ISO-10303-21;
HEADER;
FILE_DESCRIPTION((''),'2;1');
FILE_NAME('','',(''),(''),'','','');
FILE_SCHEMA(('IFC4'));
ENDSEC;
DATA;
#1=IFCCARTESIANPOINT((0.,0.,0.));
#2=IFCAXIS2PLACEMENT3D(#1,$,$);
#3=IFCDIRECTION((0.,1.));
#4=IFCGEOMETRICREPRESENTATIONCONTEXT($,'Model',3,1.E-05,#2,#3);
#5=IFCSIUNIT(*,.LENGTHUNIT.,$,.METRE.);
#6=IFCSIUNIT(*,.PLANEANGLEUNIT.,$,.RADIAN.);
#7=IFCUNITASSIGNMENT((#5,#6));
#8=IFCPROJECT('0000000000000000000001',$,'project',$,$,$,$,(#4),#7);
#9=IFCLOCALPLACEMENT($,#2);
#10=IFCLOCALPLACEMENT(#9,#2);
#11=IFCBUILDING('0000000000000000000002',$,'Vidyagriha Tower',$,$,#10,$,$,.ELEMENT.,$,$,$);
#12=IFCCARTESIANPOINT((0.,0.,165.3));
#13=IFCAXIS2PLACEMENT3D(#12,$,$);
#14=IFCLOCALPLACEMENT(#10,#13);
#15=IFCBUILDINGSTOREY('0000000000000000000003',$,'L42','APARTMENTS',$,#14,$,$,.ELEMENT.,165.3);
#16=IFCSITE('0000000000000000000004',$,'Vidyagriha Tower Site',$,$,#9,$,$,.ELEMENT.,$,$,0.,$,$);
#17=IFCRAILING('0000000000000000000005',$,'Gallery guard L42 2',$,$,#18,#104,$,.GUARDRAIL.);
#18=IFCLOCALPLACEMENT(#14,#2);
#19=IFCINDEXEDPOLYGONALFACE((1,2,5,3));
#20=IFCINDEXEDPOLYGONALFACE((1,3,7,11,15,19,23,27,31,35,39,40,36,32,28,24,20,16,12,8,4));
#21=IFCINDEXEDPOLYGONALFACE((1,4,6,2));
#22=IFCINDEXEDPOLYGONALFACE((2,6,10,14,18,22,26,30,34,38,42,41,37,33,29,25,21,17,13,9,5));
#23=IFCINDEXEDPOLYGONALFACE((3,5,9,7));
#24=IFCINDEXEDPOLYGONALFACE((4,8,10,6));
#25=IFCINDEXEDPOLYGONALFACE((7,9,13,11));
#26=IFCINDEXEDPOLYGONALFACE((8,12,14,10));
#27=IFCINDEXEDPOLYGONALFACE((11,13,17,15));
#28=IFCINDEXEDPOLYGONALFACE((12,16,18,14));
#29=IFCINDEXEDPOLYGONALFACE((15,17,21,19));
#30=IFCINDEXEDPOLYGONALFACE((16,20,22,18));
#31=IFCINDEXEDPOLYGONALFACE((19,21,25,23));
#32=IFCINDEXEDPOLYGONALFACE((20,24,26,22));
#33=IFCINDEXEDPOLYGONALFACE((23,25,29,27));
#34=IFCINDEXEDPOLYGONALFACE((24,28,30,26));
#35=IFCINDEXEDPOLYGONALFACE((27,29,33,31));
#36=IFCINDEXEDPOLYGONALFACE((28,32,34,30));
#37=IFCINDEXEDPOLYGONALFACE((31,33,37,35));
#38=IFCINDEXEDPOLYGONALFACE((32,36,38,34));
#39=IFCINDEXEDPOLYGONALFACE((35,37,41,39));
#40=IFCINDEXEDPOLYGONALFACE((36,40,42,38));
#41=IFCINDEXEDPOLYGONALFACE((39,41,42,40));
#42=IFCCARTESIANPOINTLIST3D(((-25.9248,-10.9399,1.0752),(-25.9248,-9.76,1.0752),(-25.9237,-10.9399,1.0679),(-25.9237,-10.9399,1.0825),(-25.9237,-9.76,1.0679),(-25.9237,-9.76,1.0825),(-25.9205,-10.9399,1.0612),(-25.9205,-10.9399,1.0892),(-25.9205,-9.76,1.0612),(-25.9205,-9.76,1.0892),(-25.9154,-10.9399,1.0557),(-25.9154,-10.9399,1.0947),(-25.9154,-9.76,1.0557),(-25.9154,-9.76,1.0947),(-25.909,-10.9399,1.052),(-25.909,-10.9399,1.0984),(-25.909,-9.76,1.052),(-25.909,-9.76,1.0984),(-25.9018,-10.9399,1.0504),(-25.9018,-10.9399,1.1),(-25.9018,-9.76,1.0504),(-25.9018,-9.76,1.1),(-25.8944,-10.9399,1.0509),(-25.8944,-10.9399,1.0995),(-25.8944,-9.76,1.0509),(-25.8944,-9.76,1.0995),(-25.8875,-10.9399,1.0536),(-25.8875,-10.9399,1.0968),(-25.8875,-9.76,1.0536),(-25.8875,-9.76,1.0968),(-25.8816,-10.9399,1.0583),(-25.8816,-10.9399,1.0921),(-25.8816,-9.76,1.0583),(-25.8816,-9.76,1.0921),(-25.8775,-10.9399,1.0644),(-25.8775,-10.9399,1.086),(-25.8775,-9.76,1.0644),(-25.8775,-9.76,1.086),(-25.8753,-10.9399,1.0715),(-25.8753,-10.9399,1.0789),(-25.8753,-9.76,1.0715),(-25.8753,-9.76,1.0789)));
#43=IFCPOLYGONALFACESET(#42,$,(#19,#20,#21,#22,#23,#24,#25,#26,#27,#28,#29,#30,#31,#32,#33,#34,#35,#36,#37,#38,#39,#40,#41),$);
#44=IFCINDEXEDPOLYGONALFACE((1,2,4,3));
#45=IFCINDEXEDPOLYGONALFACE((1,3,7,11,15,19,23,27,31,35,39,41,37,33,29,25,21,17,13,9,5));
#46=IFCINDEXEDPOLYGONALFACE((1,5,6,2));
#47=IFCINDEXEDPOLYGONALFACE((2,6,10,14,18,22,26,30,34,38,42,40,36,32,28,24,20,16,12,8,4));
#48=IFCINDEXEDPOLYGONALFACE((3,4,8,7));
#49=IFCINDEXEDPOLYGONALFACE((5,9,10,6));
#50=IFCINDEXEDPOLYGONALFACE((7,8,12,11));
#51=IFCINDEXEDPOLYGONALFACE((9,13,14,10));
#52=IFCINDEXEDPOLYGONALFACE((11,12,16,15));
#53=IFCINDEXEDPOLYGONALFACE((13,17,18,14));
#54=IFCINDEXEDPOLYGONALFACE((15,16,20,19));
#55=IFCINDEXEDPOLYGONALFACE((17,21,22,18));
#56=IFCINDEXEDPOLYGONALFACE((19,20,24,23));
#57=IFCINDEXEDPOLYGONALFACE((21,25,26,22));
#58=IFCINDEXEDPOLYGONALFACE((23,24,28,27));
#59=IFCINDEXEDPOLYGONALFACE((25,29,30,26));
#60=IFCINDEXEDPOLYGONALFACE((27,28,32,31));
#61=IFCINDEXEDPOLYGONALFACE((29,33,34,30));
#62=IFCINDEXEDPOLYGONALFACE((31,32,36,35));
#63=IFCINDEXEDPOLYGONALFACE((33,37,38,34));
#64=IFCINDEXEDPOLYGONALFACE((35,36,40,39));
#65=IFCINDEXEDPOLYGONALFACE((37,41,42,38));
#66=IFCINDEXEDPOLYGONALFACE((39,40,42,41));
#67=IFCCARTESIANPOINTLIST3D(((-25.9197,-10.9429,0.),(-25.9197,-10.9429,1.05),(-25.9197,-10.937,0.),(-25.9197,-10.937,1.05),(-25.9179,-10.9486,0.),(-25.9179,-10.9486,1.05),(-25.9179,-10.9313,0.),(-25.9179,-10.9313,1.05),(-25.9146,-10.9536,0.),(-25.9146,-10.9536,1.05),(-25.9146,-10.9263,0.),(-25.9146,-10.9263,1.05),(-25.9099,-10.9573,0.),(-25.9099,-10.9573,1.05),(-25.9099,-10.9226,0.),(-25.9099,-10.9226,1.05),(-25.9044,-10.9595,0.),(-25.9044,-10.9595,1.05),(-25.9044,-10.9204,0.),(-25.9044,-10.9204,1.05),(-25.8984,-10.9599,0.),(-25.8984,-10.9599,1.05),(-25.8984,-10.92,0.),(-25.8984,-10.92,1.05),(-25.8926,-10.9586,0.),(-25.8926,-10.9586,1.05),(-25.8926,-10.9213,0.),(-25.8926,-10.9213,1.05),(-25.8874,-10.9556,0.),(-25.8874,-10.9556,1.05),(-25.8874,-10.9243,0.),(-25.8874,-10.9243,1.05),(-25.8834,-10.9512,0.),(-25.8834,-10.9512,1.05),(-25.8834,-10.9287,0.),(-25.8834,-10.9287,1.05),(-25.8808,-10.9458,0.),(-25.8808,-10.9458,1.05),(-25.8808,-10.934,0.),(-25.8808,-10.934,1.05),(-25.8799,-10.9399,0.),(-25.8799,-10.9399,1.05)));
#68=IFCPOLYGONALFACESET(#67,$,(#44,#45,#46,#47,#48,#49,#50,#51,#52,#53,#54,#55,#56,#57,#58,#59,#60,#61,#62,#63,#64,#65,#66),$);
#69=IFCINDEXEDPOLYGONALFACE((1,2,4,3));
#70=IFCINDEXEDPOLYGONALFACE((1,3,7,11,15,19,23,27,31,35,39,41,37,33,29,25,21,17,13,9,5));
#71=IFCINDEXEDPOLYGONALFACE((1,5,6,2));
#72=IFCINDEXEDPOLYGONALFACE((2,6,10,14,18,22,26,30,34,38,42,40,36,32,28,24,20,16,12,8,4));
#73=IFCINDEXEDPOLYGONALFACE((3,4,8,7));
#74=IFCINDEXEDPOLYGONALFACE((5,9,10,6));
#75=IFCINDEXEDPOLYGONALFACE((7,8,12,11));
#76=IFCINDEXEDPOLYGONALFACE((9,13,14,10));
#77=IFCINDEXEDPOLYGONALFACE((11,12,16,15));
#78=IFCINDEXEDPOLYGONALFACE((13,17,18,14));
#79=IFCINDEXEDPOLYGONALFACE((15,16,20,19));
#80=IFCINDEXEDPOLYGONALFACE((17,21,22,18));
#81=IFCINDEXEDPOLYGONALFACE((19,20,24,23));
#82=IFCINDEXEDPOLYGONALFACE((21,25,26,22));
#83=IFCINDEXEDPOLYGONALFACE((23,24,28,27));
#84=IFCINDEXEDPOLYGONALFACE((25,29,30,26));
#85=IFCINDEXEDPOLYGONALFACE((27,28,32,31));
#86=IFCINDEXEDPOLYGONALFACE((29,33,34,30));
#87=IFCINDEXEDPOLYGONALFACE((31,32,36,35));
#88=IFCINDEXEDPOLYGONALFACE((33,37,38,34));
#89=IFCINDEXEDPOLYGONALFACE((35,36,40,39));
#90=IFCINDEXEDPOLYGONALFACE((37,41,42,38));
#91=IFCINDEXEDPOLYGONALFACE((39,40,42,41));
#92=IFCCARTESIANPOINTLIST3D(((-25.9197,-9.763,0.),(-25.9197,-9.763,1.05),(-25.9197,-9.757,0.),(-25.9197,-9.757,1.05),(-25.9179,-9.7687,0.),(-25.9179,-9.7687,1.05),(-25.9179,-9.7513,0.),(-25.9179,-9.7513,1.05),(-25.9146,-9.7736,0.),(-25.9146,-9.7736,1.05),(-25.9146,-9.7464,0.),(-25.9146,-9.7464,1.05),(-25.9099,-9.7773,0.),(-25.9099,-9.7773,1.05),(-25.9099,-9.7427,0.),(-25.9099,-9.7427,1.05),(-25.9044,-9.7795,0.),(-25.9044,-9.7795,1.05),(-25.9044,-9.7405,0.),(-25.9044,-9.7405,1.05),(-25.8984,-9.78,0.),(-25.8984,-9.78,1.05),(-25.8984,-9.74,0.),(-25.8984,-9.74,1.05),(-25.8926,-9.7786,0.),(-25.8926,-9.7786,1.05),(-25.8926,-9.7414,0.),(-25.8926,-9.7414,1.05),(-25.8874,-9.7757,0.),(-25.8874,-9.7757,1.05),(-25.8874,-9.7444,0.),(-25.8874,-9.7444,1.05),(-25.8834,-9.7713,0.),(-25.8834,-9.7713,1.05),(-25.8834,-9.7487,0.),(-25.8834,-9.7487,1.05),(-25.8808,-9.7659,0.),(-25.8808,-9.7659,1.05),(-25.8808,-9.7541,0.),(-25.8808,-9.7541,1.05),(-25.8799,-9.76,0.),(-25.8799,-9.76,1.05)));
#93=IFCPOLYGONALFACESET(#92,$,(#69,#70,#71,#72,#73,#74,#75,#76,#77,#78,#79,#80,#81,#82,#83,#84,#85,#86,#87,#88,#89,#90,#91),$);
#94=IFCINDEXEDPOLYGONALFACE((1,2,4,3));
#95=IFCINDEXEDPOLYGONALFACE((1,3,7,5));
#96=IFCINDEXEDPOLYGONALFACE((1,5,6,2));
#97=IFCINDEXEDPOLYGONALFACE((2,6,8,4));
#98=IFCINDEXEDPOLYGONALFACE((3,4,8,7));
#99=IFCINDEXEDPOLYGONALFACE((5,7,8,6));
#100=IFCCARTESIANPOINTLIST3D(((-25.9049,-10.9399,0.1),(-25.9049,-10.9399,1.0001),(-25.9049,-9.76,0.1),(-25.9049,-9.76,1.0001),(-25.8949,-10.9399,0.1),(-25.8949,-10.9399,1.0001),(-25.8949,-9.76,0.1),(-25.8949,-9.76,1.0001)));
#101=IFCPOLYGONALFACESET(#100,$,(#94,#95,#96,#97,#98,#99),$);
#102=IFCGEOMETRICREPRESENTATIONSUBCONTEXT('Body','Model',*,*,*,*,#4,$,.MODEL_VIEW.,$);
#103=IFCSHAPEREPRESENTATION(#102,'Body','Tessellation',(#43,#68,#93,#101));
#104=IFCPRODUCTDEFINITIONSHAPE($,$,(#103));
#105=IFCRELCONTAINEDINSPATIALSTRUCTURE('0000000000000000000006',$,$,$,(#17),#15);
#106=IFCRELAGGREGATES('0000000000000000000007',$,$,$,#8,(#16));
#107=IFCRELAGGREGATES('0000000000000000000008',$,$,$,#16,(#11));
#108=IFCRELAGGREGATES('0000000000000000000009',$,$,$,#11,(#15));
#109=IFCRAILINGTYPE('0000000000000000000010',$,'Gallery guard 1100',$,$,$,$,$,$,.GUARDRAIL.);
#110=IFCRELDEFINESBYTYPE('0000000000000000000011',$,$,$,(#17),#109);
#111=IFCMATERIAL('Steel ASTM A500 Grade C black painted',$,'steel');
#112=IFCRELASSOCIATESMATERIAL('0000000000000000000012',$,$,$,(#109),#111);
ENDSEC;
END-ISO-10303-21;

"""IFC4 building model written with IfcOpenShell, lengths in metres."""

from ifc_helpers import new_model, si_unit, direction, frame, origin, origin_2d, place, context, subcontext, project, spatial, rectangle, circle, extrude, material, type_object, element, save


model = new_model("IFC4")

# Units and contexts
model_context = context("Model", 3, precision=1e-05, world=origin(), true_north=direction((0.0, 1.0)))
body_context = subcontext(model_context, "Body", "Model", "MODEL_VIEW")
ifc_project = project(units=[si_unit("LENGTHUNIT", "METRE"), si_unit("PLANEANGLEUNIT", "RADIAN")], contexts=[model_context])

# Site, building, storey
site_placement = place(None, origin())
site = spatial("IfcSite", under=ifc_project, at=site_placement, Name="Vidyagriha Tower Site", CompositionType="ELEMENT", RefElevation=0.0)
building_placement = place(site_placement, origin())
building = spatial("IfcBuilding", under=site, at=building_placement, Name="Vidyagriha Tower", CompositionType="ELEMENT")
storey_placement = place(building_placement, frame((0.0, 0.0, 165.3)))
storey = spatial("IfcBuildingStorey", under=building, at=storey_placement, Name="L42", Description="APARTMENTS", CompositionType="ELEMENT", Elevation=165.3)

# Railing
ifc_material_1 = material(Name="Steel ASTM A500 Grade C black painted", Category="steel")
railing_type_1 = type_object("IfcRailingType", Name="Gallery guard 1100", PredefinedType="GUARDRAIL", material=ifc_material_1)
railing_1_placement = place(storey_placement, frame((-25.8999, -10.9399, 0.0)))
element("IfcRailing", 1, at=railing_1_placement, inside=storey, type_object=railing_type_1, Name="Gallery guard L42 2", PredefinedType="GUARDRAIL", context=body_context, shape_type="SweptSolid", body=[
    extrude(circle(Radius=0.0249, at=origin_2d()), frame((0.0, 0.0, 1.0752), z_axis=(0.0, 1.0, 0.0), x_axis=(-1.0, 0.0, 0.0)), (0.0, 0.0, 1.0), 1.1799),
    extrude(circle(Radius=0.02, at=origin_2d()), origin(), (0.0, 0.0, 1.0), 1.05),
    extrude(circle(Radius=0.02, at=origin_2d()), frame((0.0, 1.1799, 0.0)), (0.0, 0.0, 1.0), 1.05),
    extrude(rectangle(XDim=0.01, YDim=0.9001, at=origin_2d()), frame((0.0, 0.0, 0.55), z_axis=(0.0, 1.0, 0.0), x_axis=(-1.0, 0.0, 0.0)), (0.0, 0.0, 1.0), 1.1799),
])

save(model, "model.ifc")
